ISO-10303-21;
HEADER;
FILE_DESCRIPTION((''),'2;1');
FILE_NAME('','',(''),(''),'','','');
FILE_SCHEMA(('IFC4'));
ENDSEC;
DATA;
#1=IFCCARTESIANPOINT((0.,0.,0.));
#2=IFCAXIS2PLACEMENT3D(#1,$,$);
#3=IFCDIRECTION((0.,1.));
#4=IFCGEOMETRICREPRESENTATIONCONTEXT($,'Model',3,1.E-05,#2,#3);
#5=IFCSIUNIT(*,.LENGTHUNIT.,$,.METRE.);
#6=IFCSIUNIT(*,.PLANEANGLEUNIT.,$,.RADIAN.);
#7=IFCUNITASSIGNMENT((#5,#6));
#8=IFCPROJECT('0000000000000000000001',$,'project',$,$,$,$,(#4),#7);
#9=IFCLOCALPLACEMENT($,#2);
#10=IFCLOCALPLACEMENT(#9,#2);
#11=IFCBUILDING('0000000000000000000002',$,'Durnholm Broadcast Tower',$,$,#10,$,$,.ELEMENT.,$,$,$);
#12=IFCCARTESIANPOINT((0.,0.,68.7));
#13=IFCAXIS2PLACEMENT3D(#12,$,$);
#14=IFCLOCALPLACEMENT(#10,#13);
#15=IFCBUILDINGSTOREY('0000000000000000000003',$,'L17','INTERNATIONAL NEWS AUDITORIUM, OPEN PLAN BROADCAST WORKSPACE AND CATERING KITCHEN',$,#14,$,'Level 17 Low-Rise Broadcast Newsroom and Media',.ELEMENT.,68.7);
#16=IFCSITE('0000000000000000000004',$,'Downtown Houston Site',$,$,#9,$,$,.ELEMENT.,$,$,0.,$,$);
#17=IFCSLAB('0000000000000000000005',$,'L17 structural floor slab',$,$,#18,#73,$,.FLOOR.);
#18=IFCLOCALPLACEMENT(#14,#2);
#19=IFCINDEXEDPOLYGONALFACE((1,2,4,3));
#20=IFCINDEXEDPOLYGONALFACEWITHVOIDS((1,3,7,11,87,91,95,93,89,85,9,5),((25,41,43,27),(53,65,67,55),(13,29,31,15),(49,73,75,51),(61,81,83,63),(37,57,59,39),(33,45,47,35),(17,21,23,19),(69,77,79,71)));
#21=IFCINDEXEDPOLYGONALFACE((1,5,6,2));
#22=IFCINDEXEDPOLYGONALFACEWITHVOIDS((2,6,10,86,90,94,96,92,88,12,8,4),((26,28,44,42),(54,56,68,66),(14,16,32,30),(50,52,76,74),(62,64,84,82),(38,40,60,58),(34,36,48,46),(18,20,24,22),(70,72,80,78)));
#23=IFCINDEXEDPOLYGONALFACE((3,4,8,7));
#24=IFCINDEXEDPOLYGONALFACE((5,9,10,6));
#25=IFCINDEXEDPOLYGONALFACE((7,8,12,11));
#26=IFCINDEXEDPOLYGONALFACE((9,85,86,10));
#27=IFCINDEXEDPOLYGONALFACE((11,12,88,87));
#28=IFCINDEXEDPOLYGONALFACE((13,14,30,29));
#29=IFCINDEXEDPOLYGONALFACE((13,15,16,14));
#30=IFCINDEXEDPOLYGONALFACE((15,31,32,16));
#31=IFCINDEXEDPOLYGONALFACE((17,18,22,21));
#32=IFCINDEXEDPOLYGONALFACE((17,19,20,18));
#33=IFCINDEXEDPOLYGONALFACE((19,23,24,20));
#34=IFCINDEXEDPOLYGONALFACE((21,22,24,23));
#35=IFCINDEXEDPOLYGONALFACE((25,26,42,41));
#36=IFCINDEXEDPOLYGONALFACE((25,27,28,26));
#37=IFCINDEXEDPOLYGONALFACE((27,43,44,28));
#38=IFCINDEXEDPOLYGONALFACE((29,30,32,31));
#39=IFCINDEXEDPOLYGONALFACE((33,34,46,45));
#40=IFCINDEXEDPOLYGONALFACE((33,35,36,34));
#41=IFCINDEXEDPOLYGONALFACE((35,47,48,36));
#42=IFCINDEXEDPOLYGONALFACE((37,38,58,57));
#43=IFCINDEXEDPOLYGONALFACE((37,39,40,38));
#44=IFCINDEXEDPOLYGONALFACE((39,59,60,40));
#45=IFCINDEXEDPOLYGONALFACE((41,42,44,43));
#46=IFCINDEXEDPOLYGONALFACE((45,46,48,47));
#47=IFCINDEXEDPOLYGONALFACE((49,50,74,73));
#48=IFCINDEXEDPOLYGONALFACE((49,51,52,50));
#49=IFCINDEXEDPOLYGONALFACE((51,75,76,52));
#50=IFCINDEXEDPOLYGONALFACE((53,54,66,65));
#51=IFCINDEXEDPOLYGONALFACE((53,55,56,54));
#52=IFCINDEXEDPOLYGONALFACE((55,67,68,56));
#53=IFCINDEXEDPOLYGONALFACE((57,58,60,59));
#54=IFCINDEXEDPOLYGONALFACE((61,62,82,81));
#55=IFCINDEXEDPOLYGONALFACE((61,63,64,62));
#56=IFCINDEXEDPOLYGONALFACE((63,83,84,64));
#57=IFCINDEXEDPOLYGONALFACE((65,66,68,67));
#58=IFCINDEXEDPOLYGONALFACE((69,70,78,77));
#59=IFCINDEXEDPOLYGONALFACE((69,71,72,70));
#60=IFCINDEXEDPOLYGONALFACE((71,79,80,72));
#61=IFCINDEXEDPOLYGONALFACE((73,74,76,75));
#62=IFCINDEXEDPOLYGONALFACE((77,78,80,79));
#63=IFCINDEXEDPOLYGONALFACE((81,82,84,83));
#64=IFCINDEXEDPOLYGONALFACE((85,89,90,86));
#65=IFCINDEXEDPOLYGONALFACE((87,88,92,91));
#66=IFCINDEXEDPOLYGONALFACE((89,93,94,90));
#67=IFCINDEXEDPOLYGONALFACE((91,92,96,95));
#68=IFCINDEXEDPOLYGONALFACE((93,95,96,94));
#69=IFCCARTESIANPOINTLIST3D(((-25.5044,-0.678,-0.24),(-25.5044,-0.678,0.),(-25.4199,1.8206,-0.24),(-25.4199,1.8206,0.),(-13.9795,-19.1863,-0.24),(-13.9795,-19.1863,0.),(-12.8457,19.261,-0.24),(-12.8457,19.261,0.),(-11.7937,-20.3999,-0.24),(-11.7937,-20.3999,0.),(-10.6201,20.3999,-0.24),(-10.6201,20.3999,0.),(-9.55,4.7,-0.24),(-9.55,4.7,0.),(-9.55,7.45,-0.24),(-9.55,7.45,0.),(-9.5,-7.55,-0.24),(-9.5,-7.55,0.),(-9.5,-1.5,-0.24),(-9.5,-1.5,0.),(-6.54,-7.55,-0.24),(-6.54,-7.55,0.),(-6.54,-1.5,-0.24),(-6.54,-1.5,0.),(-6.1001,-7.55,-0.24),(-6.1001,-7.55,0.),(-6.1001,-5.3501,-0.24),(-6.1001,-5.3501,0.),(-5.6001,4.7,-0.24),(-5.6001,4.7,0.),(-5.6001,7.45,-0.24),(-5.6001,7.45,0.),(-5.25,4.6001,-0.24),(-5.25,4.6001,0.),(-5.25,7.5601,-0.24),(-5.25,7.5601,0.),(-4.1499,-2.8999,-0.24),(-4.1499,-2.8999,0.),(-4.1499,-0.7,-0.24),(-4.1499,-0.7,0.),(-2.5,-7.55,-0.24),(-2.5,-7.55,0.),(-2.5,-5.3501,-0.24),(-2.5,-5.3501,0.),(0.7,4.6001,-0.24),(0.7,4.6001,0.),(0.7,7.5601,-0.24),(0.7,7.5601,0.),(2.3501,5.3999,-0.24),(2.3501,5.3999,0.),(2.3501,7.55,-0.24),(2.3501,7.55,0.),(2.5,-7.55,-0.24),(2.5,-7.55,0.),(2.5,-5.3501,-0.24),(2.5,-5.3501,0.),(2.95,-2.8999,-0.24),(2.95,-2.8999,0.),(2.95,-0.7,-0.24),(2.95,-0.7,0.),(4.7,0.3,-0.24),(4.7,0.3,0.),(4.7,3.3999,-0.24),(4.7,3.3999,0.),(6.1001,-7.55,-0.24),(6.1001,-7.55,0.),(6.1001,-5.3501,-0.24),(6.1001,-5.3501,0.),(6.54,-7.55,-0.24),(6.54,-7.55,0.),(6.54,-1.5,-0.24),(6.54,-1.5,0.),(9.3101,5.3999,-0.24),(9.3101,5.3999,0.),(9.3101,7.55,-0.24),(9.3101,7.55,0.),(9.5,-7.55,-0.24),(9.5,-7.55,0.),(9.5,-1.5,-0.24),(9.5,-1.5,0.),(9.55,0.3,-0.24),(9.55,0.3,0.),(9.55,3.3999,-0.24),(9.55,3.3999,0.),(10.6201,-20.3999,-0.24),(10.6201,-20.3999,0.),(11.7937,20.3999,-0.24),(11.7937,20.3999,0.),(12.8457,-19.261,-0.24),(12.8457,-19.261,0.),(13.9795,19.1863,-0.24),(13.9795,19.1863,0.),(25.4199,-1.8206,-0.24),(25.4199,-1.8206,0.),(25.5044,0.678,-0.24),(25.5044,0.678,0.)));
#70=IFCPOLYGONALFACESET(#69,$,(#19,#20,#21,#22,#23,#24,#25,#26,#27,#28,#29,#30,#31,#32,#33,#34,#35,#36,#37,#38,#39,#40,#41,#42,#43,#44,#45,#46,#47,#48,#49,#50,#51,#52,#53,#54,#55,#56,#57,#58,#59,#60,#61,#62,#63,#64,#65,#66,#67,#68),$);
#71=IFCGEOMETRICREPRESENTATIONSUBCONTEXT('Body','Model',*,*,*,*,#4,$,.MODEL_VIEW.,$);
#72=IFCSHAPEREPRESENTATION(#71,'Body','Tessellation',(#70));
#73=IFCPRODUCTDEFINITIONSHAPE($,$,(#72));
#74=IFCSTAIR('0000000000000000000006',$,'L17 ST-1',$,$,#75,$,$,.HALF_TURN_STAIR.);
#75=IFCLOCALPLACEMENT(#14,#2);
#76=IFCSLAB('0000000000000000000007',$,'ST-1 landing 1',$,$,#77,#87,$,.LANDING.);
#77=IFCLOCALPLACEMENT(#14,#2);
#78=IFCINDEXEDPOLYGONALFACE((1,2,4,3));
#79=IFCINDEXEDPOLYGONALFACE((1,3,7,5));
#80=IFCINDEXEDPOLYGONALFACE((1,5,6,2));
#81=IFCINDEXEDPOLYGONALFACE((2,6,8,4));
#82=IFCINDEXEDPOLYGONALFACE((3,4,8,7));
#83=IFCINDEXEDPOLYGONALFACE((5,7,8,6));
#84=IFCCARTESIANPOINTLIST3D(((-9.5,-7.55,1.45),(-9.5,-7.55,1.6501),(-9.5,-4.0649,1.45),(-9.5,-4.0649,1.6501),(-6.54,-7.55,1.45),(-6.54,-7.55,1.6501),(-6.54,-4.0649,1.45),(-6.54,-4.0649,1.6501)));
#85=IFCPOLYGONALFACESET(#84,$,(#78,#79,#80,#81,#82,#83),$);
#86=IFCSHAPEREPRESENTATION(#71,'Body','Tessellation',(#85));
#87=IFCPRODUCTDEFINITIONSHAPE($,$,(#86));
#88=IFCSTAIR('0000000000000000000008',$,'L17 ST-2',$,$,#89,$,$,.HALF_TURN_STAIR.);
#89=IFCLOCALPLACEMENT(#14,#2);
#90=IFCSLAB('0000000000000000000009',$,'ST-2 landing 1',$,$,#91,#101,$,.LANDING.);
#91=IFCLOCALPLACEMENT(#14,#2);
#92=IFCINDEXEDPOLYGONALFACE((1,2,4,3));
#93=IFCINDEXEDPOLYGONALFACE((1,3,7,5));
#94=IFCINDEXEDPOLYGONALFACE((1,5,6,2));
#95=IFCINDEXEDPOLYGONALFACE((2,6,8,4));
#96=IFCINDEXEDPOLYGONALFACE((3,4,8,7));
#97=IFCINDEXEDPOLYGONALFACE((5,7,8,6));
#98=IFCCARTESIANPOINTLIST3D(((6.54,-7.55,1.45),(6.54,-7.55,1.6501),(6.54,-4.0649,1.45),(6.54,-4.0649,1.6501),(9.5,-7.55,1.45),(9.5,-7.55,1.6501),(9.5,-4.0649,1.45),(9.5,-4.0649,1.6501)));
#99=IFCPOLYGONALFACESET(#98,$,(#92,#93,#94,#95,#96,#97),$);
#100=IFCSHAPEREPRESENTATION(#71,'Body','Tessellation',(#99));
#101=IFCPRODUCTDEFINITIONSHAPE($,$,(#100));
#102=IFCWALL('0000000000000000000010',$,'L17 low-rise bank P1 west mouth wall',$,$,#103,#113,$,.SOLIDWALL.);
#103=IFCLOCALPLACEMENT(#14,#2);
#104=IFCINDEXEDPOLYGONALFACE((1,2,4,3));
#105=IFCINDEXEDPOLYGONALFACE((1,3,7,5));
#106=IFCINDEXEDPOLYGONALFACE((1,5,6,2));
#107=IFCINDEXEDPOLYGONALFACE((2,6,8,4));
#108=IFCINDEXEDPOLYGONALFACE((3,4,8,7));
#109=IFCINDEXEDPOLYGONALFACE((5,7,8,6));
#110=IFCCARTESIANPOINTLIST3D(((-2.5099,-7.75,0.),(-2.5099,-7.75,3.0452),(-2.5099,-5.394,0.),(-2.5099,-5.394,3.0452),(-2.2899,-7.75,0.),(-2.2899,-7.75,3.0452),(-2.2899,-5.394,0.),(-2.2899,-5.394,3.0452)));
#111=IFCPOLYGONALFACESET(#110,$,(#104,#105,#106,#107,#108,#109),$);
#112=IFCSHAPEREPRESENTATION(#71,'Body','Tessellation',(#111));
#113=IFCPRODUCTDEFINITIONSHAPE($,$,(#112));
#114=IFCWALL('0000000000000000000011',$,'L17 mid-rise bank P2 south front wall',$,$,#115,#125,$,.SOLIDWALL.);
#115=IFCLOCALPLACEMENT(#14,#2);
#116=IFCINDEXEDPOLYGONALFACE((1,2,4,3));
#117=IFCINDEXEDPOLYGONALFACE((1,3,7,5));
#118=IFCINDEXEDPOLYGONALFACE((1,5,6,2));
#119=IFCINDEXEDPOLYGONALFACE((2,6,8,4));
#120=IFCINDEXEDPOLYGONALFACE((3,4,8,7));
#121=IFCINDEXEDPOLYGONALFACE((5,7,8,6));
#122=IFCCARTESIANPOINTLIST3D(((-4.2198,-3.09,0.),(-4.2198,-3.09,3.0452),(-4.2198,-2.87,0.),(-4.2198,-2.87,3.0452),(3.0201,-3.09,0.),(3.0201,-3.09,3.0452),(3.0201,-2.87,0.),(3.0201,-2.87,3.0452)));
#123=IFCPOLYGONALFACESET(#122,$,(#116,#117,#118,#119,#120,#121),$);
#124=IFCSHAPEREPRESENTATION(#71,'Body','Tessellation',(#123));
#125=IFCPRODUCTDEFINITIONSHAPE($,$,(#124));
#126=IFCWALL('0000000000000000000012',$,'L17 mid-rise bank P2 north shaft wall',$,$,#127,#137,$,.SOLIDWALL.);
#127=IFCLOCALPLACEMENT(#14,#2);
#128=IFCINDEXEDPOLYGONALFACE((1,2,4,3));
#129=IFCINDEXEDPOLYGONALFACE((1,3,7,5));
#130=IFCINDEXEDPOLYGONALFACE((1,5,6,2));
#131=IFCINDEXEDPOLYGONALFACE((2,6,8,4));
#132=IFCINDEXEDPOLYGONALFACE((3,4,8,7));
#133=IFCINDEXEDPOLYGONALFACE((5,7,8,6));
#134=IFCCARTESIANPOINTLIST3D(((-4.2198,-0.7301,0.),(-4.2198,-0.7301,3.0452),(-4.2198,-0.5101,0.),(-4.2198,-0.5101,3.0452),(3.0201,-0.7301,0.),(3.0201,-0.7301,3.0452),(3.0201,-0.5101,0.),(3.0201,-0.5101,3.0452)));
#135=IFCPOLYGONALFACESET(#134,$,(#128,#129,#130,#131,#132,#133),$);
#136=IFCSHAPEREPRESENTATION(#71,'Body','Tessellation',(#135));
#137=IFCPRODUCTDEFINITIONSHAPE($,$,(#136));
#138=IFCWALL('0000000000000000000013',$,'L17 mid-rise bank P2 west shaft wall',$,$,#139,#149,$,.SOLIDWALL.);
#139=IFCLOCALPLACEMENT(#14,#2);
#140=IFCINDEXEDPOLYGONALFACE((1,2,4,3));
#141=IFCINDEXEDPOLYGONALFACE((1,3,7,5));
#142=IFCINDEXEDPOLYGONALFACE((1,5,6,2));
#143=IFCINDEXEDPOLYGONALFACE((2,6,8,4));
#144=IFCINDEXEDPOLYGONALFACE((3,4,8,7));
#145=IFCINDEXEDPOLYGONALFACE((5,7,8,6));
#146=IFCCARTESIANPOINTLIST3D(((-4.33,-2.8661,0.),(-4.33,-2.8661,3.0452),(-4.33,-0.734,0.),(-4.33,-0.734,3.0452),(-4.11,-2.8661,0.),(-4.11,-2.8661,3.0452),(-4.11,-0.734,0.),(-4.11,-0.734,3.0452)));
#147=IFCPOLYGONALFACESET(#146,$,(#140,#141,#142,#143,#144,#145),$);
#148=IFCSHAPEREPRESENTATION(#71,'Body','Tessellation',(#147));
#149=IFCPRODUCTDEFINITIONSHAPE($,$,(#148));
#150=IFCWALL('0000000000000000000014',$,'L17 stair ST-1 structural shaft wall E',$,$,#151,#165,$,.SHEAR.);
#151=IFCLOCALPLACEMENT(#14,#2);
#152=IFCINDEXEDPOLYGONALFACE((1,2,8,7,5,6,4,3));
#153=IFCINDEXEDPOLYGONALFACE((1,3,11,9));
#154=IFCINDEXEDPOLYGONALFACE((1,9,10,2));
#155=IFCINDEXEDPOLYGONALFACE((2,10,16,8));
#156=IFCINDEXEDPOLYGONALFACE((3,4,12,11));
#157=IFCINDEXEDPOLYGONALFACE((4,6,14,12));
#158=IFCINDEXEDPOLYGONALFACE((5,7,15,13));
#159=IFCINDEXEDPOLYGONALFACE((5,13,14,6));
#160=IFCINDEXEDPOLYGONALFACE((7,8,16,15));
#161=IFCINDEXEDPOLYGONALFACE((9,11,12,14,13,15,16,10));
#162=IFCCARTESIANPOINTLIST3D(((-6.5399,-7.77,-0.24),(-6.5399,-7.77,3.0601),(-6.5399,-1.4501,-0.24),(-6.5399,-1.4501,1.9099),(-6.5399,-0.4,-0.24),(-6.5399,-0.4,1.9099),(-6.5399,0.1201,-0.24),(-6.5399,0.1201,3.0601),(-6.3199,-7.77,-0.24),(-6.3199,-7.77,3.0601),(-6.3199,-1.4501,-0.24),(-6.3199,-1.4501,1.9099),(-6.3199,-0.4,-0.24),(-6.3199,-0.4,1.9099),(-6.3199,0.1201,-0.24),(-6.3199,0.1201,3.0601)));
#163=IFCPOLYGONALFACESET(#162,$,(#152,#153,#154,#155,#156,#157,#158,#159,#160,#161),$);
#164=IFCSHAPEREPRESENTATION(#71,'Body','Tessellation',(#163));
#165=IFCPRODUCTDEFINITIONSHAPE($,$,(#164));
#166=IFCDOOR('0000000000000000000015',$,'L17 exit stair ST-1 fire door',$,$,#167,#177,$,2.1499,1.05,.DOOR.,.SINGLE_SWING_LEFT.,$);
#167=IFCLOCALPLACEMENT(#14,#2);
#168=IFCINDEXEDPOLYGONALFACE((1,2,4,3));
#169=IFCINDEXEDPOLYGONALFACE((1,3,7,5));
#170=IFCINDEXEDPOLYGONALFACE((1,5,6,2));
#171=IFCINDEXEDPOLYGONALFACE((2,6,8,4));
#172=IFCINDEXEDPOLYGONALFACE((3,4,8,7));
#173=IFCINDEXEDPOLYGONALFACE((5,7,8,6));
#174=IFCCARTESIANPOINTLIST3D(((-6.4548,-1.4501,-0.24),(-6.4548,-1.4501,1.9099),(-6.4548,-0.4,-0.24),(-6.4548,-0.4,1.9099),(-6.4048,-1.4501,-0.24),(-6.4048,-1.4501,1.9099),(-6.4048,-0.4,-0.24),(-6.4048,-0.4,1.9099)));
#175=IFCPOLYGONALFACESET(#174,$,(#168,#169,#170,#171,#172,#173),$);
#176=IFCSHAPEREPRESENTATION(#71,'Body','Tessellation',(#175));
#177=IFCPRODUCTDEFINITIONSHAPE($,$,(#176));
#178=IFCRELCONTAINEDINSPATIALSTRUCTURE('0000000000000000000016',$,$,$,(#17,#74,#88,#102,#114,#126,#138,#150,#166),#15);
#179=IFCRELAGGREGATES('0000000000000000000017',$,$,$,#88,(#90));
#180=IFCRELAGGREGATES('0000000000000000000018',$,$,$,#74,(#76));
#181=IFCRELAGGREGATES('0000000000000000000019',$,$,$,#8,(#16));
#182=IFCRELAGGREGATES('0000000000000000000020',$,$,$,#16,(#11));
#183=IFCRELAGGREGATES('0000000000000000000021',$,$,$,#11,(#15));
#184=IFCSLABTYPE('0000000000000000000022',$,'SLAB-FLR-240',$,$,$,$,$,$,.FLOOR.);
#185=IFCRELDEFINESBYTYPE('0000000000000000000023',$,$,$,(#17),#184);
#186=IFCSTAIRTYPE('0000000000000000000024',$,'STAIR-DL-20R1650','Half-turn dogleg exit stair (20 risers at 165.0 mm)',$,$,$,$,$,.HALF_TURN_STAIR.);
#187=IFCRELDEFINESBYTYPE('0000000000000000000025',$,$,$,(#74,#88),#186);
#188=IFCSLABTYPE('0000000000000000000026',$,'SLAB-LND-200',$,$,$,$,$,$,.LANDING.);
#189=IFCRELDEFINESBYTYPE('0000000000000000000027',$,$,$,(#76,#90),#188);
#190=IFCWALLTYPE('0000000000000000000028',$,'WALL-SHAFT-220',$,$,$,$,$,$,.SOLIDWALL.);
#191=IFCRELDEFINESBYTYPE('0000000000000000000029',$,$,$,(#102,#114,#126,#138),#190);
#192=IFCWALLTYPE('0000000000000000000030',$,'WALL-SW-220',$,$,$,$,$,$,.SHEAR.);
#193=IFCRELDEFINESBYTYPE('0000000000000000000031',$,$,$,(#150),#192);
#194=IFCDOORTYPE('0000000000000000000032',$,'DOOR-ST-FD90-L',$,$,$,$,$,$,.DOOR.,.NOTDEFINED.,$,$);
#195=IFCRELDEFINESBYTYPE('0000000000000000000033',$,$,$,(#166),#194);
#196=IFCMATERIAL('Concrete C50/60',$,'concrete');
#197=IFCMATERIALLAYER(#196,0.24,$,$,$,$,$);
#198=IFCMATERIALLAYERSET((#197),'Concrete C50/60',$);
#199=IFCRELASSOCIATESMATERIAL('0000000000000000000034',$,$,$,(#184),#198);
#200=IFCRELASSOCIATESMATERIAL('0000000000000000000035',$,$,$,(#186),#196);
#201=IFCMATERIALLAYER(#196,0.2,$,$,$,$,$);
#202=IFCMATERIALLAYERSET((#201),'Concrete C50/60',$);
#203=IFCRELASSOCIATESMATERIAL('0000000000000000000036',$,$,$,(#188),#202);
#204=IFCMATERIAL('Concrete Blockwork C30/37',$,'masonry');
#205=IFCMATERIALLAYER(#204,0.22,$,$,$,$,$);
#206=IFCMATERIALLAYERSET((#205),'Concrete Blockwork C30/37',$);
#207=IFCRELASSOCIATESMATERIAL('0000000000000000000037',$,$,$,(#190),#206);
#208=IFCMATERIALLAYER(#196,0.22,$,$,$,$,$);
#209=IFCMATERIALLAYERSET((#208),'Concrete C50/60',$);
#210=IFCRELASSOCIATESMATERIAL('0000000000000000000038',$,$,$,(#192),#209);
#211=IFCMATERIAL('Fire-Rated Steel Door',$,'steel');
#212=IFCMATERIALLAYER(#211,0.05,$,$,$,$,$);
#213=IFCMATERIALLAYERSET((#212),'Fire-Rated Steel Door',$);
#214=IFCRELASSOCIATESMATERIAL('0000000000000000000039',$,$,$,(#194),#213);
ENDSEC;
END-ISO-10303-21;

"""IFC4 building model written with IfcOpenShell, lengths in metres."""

from ifc_helpers import new_model, si_unit, direction, frame, frame_2d, origin, place, context, subcontext, project, spatial, polyline, rectangle, outline, extrude, source, transform, mapped, material, layer, layer_set, type_object, type_shapes, element, fill, aggregate, save


model = new_model("IFC4")

# Units and contexts
model_context = context("Model", 3, precision=1e-05, world=origin(), true_north=direction((0.0, 1.0)))
body_context = subcontext(model_context, "Body", "Model", "MODEL_VIEW")
ifc_project = project(units=[si_unit("LENGTHUNIT", "METRE"), si_unit("PLANEANGLEUNIT", "RADIAN")], contexts=[model_context])

# Site, building, storey
site_placement = place(None, origin())
site = spatial("IfcSite", under=ifc_project, at=site_placement, Name="Downtown Houston Site", CompositionType="ELEMENT", RefElevation=0.0)
building_placement = place(site_placement, origin())
building = spatial("IfcBuilding", under=site, at=building_placement, Name="Durnholm Broadcast Tower", CompositionType="ELEMENT")
storey_placement = place(building_placement, frame((0.0, 0.0, 68.7)))
storey = spatial("IfcBuildingStorey", under=building, at=storey_placement, Name="L17", Description="INTERNATIONAL NEWS AUDITORIUM, OPEN PLAN BROADCAST WORKSPACE AND CATERING KITCHEN", LongName="Level 17 Low-Rise Broadcast Newsroom and Media", CompositionType="ELEMENT", Elevation=68.7)

# Slab
ifc_material_1 = material(Name="Concrete C50/60", Category="concrete")
ifc_layer_1 = layer(ifc_material_1, 0.24)
ifc_layer_set_1 = layer_set([ifc_layer_1], Name="Concrete C50/60")
slab_type_1 = type_object("IfcSlabType", Name="SLAB-FLR-240", PredefinedType="FLOOR", material=ifc_layer_set_1)
slab_1_placement = place(storey_placement, frame((0.0, 0.0, -0.24)))
element("IfcSlab", 1, at=slab_1_placement, inside=storey, type_object=slab_type_1, Name="L17 structural floor slab", PredefinedType="FLOOR", context=body_context, shape_type="SweptSolid", body=[
    extrude(outline(polyline([(-13.9795, -19.1863), (-11.7937, -20.3999), (10.6201, -20.3999), (12.8457, -19.261), (25.4199, -1.8206), (25.5044, 0.678), (13.9795, 19.1863), (11.7937, 20.3999), (-10.6201, 20.3999), (-12.8457, 19.261), (-25.4199, 1.8206), (-25.5044, -0.678), (-13.9795, -19.1863)]), holes=[polyline([(-2.5, -5.3501), (-6.1001, -5.3501), (-6.1001, -7.55), (-2.5, -7.55), (-2.5, -5.3501)]), polyline([(6.1001, -5.3501), (2.5, -5.3501), (2.5, -7.55), (6.1001, -7.55), (6.1001, -5.3501)]), polyline([(-6.54, -7.55), (-6.54, -1.5), (-9.5, -1.5), (-9.5, -7.55), (-6.54, -7.55)]), polyline([(9.5, -7.55), (9.5, -1.5), (6.54, -1.5), (6.54, -7.55), (9.5, -7.55)]), polyline([(2.95, -0.7), (-4.1499, -0.7), (-4.1499, -2.8999), (2.95, -2.8999), (2.95, -0.7)]), polyline([(9.55, 3.3999), (4.7, 3.3999), (4.7, 0.3), (9.55, 0.3), (9.55, 3.3999)]), polyline([(-5.6001, 7.45), (-9.55, 7.45), (-9.55, 4.7), (-5.6001, 4.7), (-5.6001, 7.45)]), polyline([(-5.25, 7.5601), (-5.25, 4.6001), (0.7, 4.6001), (0.7, 7.5601), (-5.25, 7.5601)]), polyline([(9.3101, 5.3999), (9.3101, 7.55), (2.3501, 7.55), (2.3501, 5.3999), (9.3101, 5.3999)])]), origin(), (0.0, 0.0, 1.0), 0.24),
])

# Stairs, slabs
stair_type = type_object("IfcStairType", Name="STAIR-DL-20R1650", Description="Half-turn dogleg exit stair (20 risers at 165.0 mm)", PredefinedType="HALF_TURN_STAIR", material=ifc_material_1)
stair_1_placement = place(storey_placement, origin())
stair_1 = element("IfcStair", 2, at=stair_1_placement, inside=storey, type_object=stair_type, Name="L17 ST-1", PredefinedType="HALF_TURN_STAIR")
ifc_layer_2 = layer(ifc_material_1, 0.2)
ifc_layer_set_2 = layer_set([ifc_layer_2], Name="Concrete C50/60")
slab_type_2 = type_object("IfcSlabType", Name="SLAB-LND-200", PredefinedType="LANDING", material=ifc_layer_set_2)
slab_2_placement = place(storey_placement, frame((0.0, 0.0, 1.45)))
slab_2 = element("IfcSlab", 3, at=slab_2_placement, type_object=slab_type_2, Name="ST-1 landing 1", PredefinedType="LANDING", context=body_context, shape_type="SweptSolid", body=[
    extrude(outline(polyline([(-9.5, -4.0649), (-9.5, -7.55), (-6.54, -7.55), (-6.54, -4.0649), (-9.5, -4.0649)])), origin(), (0.0, 0.0, 1.0), 0.2002),
])
stair_2_placement = place(storey_placement, origin())
stair_2 = element("IfcStair", 4, at=stair_2_placement, inside=storey, type_object=stair_type, Name="L17 ST-2", PredefinedType="HALF_TURN_STAIR")
slab_3_placement = place(storey_placement, frame((0.0, 0.0, 1.45)))
slab_3 = element("IfcSlab", 5, at=slab_3_placement, type_object=slab_type_2, Name="ST-2 landing 1", PredefinedType="LANDING", context=body_context, shape_type="SweptSolid", body=[
    extrude(outline(polyline([(6.54, -4.0649), (6.54, -7.55), (9.5, -7.55), (9.5, -4.0649), (6.54, -4.0649)])), origin(), (0.0, 0.0, 1.0), 0.2002),
])
aggregate(stair_2, [slab_3])

# Shared definitions
ifc_material_2 = material(Name="Concrete Blockwork C30/37", Category="masonry")
ifc_layer_3 = layer(ifc_material_2, 0.22)
ifc_layer_set_3 = layer_set([ifc_layer_3], Name="Concrete Blockwork C30/37")
wall_type_1 = type_object("IfcWallType", Name="WALL-SHAFT-220", PredefinedType="SOLIDWALL", material=ifc_layer_set_3)

# Walls
wall_1_placement = place(storey_placement, frame((-2.3999, -7.75, 0.0), z_axis=(0.0, 0.0, 1.0), x_axis=(0.0, 1.0, 0.0)))
element("IfcWall", 6, at=wall_1_placement, inside=storey, type_object=wall_type_1, Name="L17 low-rise bank P1 west mouth wall", PredefinedType="SOLIDWALL", context=body_context, shape_type="SweptSolid", body=[
    extrude(rectangle(XDim=2.356, YDim=0.22, at=frame_2d((1.178, 0.0))), origin(), (0.0, 0.0, 1.0), 3.0452),
])
for number, where, z_axis, x_axis, name in (
    (7, (-4.22, -2.98, 0.0), (0.0, 0.0, 1.0), (1.0, 0.0, 0.0), "L17 mid-rise bank P2 south front wall"),
    (8, (-4.22, -0.6201, 0.0), (0.0, 0.0, 1.0), (1.0, 0.0, 0.0), "L17 mid-rise bank P2 north shaft wall"),
):
    element("IfcWall", number, at=place(storey_placement, frame(where, z_axis=z_axis, x_axis=x_axis)), inside=storey, type_object=wall_type_1, Name=name, PredefinedType="SOLIDWALL", context=body_context, shape_type="SweptSolid", body=[
        extrude(rectangle(XDim=7.24, YDim=0.22, at=frame_2d((3.6201, 0.0))), origin(), (0.0, 0.0, 1.0), 3.0452),
    ])
wall_2_placement = place(storey_placement, frame((-4.22, -2.866, 0.0), z_axis=(0.0, 0.0, 1.0), x_axis=(0.0, 1.0, 0.0)))
element("IfcWall", 9, at=wall_2_placement, inside=storey, type_object=wall_type_1, Name="L17 mid-rise bank P2 west shaft wall", PredefinedType="SOLIDWALL", context=body_context, shape_type="SweptSolid", body=[
    extrude(rectangle(XDim=2.1321, YDim=0.22, at=frame_2d((1.0659, 0.0))), origin(), (0.0, 0.0, 1.0), 3.0452),
])

# Wall, opening, door
ifc_layer_4 = layer(ifc_material_1, 0.22)
ifc_layer_set_4 = layer_set([ifc_layer_4], Name="Concrete C50/60")
wall_type_2 = type_object("IfcWallType", Name="WALL-SW-220", PredefinedType="SHEAR", material=ifc_layer_set_4)
wall_3_placement = place(storey_placement, frame((-6.4299, -7.77, -0.24), z_axis=(0.0, 0.0, 1.0), x_axis=(0.0, 1.0, 0.0)))
wall_3 = element("IfcWall", 10, at=wall_3_placement, inside=storey, type_object=wall_type_2, Name="L17 stair ST-1 structural shaft wall E", PredefinedType="SHEAR", context=body_context, shape_type="SweptSolid", body=[
    extrude(rectangle(XDim=7.8901, YDim=0.22, at=frame_2d((3.9451, 0.0))), origin(), (0.0, 0.0, 1.0), 3.3),
])
opening_1_placement = place(wall_3_placement, frame((6.3201, 0.0, 0.0)))
opening_1 = element("IfcOpeningElement", 11, at=opening_1_placement, cuts=wall_3, PredefinedType="OPENING", context=body_context, shape_type="SweptSolid", body=[
    extrude(rectangle(XDim=1.05, YDim=2.1499, at=frame_2d((0.5249, 1.075))), frame((0.0, 0.1201, 0.0), z_axis=(0.0, -1.0, 0.0), x_axis=(1.0, 0.0, 0.0)), (0.0, 0.0, 1.0), 0.24),
])
ifc_material_3 = material(Name="Fire-Rated Steel Door", Category="steel")
ifc_layer_5 = layer(ifc_material_3, 0.05)
ifc_layer_set_5 = layer_set([ifc_layer_5], Name="Fire-Rated Steel Door")
door_type_1 = type_object("IfcDoorType", Name="DOOR-ST-FD90-L", OperationType="NOTDEFINED", PredefinedType="DOOR", material=ifc_layer_set_5)
shared_shape_1 = source(origin(), body_context, "Body", "SweptSolid", [
    extrude(rectangle(XDim=1.05, YDim=2.1499, at=frame_2d((0.5249, 1.075))), frame((0.0, 0.0249, 0.0), z_axis=(0.0, -1.0, 0.0), x_axis=(1.0, 0.0, 0.0)), (0.0, 0.0, 1.0), 0.05),
])
type_shapes(door_type_1, [shared_shape_1])
door_1_placement = place(opening_1_placement, origin())
door_1 = element("IfcDoor", 12, at=door_1_placement, inside=storey, type_object=door_type_1, Name="L17 exit stair ST-1 fire door", OperationType="SINGLE_SWING_LEFT", OverallHeight=2.1499, OverallWidth=1.05, PredefinedType="DOOR", context=body_context, shape_type="MappedRepresentation", body=[
    mapped(shared_shape_1, transform((0.0, 0.0, 0.0), x_axis=(1.0, 0.0, 0.0), y_axis=(0.0, 1.0, 0.0), z_axis=(0.0, 0.0, 1.0), scale=1.0)),
])
fill(opening_1, door_1)

aggregate(stair_1, [slab_2])

save(model, "model.ifc")
